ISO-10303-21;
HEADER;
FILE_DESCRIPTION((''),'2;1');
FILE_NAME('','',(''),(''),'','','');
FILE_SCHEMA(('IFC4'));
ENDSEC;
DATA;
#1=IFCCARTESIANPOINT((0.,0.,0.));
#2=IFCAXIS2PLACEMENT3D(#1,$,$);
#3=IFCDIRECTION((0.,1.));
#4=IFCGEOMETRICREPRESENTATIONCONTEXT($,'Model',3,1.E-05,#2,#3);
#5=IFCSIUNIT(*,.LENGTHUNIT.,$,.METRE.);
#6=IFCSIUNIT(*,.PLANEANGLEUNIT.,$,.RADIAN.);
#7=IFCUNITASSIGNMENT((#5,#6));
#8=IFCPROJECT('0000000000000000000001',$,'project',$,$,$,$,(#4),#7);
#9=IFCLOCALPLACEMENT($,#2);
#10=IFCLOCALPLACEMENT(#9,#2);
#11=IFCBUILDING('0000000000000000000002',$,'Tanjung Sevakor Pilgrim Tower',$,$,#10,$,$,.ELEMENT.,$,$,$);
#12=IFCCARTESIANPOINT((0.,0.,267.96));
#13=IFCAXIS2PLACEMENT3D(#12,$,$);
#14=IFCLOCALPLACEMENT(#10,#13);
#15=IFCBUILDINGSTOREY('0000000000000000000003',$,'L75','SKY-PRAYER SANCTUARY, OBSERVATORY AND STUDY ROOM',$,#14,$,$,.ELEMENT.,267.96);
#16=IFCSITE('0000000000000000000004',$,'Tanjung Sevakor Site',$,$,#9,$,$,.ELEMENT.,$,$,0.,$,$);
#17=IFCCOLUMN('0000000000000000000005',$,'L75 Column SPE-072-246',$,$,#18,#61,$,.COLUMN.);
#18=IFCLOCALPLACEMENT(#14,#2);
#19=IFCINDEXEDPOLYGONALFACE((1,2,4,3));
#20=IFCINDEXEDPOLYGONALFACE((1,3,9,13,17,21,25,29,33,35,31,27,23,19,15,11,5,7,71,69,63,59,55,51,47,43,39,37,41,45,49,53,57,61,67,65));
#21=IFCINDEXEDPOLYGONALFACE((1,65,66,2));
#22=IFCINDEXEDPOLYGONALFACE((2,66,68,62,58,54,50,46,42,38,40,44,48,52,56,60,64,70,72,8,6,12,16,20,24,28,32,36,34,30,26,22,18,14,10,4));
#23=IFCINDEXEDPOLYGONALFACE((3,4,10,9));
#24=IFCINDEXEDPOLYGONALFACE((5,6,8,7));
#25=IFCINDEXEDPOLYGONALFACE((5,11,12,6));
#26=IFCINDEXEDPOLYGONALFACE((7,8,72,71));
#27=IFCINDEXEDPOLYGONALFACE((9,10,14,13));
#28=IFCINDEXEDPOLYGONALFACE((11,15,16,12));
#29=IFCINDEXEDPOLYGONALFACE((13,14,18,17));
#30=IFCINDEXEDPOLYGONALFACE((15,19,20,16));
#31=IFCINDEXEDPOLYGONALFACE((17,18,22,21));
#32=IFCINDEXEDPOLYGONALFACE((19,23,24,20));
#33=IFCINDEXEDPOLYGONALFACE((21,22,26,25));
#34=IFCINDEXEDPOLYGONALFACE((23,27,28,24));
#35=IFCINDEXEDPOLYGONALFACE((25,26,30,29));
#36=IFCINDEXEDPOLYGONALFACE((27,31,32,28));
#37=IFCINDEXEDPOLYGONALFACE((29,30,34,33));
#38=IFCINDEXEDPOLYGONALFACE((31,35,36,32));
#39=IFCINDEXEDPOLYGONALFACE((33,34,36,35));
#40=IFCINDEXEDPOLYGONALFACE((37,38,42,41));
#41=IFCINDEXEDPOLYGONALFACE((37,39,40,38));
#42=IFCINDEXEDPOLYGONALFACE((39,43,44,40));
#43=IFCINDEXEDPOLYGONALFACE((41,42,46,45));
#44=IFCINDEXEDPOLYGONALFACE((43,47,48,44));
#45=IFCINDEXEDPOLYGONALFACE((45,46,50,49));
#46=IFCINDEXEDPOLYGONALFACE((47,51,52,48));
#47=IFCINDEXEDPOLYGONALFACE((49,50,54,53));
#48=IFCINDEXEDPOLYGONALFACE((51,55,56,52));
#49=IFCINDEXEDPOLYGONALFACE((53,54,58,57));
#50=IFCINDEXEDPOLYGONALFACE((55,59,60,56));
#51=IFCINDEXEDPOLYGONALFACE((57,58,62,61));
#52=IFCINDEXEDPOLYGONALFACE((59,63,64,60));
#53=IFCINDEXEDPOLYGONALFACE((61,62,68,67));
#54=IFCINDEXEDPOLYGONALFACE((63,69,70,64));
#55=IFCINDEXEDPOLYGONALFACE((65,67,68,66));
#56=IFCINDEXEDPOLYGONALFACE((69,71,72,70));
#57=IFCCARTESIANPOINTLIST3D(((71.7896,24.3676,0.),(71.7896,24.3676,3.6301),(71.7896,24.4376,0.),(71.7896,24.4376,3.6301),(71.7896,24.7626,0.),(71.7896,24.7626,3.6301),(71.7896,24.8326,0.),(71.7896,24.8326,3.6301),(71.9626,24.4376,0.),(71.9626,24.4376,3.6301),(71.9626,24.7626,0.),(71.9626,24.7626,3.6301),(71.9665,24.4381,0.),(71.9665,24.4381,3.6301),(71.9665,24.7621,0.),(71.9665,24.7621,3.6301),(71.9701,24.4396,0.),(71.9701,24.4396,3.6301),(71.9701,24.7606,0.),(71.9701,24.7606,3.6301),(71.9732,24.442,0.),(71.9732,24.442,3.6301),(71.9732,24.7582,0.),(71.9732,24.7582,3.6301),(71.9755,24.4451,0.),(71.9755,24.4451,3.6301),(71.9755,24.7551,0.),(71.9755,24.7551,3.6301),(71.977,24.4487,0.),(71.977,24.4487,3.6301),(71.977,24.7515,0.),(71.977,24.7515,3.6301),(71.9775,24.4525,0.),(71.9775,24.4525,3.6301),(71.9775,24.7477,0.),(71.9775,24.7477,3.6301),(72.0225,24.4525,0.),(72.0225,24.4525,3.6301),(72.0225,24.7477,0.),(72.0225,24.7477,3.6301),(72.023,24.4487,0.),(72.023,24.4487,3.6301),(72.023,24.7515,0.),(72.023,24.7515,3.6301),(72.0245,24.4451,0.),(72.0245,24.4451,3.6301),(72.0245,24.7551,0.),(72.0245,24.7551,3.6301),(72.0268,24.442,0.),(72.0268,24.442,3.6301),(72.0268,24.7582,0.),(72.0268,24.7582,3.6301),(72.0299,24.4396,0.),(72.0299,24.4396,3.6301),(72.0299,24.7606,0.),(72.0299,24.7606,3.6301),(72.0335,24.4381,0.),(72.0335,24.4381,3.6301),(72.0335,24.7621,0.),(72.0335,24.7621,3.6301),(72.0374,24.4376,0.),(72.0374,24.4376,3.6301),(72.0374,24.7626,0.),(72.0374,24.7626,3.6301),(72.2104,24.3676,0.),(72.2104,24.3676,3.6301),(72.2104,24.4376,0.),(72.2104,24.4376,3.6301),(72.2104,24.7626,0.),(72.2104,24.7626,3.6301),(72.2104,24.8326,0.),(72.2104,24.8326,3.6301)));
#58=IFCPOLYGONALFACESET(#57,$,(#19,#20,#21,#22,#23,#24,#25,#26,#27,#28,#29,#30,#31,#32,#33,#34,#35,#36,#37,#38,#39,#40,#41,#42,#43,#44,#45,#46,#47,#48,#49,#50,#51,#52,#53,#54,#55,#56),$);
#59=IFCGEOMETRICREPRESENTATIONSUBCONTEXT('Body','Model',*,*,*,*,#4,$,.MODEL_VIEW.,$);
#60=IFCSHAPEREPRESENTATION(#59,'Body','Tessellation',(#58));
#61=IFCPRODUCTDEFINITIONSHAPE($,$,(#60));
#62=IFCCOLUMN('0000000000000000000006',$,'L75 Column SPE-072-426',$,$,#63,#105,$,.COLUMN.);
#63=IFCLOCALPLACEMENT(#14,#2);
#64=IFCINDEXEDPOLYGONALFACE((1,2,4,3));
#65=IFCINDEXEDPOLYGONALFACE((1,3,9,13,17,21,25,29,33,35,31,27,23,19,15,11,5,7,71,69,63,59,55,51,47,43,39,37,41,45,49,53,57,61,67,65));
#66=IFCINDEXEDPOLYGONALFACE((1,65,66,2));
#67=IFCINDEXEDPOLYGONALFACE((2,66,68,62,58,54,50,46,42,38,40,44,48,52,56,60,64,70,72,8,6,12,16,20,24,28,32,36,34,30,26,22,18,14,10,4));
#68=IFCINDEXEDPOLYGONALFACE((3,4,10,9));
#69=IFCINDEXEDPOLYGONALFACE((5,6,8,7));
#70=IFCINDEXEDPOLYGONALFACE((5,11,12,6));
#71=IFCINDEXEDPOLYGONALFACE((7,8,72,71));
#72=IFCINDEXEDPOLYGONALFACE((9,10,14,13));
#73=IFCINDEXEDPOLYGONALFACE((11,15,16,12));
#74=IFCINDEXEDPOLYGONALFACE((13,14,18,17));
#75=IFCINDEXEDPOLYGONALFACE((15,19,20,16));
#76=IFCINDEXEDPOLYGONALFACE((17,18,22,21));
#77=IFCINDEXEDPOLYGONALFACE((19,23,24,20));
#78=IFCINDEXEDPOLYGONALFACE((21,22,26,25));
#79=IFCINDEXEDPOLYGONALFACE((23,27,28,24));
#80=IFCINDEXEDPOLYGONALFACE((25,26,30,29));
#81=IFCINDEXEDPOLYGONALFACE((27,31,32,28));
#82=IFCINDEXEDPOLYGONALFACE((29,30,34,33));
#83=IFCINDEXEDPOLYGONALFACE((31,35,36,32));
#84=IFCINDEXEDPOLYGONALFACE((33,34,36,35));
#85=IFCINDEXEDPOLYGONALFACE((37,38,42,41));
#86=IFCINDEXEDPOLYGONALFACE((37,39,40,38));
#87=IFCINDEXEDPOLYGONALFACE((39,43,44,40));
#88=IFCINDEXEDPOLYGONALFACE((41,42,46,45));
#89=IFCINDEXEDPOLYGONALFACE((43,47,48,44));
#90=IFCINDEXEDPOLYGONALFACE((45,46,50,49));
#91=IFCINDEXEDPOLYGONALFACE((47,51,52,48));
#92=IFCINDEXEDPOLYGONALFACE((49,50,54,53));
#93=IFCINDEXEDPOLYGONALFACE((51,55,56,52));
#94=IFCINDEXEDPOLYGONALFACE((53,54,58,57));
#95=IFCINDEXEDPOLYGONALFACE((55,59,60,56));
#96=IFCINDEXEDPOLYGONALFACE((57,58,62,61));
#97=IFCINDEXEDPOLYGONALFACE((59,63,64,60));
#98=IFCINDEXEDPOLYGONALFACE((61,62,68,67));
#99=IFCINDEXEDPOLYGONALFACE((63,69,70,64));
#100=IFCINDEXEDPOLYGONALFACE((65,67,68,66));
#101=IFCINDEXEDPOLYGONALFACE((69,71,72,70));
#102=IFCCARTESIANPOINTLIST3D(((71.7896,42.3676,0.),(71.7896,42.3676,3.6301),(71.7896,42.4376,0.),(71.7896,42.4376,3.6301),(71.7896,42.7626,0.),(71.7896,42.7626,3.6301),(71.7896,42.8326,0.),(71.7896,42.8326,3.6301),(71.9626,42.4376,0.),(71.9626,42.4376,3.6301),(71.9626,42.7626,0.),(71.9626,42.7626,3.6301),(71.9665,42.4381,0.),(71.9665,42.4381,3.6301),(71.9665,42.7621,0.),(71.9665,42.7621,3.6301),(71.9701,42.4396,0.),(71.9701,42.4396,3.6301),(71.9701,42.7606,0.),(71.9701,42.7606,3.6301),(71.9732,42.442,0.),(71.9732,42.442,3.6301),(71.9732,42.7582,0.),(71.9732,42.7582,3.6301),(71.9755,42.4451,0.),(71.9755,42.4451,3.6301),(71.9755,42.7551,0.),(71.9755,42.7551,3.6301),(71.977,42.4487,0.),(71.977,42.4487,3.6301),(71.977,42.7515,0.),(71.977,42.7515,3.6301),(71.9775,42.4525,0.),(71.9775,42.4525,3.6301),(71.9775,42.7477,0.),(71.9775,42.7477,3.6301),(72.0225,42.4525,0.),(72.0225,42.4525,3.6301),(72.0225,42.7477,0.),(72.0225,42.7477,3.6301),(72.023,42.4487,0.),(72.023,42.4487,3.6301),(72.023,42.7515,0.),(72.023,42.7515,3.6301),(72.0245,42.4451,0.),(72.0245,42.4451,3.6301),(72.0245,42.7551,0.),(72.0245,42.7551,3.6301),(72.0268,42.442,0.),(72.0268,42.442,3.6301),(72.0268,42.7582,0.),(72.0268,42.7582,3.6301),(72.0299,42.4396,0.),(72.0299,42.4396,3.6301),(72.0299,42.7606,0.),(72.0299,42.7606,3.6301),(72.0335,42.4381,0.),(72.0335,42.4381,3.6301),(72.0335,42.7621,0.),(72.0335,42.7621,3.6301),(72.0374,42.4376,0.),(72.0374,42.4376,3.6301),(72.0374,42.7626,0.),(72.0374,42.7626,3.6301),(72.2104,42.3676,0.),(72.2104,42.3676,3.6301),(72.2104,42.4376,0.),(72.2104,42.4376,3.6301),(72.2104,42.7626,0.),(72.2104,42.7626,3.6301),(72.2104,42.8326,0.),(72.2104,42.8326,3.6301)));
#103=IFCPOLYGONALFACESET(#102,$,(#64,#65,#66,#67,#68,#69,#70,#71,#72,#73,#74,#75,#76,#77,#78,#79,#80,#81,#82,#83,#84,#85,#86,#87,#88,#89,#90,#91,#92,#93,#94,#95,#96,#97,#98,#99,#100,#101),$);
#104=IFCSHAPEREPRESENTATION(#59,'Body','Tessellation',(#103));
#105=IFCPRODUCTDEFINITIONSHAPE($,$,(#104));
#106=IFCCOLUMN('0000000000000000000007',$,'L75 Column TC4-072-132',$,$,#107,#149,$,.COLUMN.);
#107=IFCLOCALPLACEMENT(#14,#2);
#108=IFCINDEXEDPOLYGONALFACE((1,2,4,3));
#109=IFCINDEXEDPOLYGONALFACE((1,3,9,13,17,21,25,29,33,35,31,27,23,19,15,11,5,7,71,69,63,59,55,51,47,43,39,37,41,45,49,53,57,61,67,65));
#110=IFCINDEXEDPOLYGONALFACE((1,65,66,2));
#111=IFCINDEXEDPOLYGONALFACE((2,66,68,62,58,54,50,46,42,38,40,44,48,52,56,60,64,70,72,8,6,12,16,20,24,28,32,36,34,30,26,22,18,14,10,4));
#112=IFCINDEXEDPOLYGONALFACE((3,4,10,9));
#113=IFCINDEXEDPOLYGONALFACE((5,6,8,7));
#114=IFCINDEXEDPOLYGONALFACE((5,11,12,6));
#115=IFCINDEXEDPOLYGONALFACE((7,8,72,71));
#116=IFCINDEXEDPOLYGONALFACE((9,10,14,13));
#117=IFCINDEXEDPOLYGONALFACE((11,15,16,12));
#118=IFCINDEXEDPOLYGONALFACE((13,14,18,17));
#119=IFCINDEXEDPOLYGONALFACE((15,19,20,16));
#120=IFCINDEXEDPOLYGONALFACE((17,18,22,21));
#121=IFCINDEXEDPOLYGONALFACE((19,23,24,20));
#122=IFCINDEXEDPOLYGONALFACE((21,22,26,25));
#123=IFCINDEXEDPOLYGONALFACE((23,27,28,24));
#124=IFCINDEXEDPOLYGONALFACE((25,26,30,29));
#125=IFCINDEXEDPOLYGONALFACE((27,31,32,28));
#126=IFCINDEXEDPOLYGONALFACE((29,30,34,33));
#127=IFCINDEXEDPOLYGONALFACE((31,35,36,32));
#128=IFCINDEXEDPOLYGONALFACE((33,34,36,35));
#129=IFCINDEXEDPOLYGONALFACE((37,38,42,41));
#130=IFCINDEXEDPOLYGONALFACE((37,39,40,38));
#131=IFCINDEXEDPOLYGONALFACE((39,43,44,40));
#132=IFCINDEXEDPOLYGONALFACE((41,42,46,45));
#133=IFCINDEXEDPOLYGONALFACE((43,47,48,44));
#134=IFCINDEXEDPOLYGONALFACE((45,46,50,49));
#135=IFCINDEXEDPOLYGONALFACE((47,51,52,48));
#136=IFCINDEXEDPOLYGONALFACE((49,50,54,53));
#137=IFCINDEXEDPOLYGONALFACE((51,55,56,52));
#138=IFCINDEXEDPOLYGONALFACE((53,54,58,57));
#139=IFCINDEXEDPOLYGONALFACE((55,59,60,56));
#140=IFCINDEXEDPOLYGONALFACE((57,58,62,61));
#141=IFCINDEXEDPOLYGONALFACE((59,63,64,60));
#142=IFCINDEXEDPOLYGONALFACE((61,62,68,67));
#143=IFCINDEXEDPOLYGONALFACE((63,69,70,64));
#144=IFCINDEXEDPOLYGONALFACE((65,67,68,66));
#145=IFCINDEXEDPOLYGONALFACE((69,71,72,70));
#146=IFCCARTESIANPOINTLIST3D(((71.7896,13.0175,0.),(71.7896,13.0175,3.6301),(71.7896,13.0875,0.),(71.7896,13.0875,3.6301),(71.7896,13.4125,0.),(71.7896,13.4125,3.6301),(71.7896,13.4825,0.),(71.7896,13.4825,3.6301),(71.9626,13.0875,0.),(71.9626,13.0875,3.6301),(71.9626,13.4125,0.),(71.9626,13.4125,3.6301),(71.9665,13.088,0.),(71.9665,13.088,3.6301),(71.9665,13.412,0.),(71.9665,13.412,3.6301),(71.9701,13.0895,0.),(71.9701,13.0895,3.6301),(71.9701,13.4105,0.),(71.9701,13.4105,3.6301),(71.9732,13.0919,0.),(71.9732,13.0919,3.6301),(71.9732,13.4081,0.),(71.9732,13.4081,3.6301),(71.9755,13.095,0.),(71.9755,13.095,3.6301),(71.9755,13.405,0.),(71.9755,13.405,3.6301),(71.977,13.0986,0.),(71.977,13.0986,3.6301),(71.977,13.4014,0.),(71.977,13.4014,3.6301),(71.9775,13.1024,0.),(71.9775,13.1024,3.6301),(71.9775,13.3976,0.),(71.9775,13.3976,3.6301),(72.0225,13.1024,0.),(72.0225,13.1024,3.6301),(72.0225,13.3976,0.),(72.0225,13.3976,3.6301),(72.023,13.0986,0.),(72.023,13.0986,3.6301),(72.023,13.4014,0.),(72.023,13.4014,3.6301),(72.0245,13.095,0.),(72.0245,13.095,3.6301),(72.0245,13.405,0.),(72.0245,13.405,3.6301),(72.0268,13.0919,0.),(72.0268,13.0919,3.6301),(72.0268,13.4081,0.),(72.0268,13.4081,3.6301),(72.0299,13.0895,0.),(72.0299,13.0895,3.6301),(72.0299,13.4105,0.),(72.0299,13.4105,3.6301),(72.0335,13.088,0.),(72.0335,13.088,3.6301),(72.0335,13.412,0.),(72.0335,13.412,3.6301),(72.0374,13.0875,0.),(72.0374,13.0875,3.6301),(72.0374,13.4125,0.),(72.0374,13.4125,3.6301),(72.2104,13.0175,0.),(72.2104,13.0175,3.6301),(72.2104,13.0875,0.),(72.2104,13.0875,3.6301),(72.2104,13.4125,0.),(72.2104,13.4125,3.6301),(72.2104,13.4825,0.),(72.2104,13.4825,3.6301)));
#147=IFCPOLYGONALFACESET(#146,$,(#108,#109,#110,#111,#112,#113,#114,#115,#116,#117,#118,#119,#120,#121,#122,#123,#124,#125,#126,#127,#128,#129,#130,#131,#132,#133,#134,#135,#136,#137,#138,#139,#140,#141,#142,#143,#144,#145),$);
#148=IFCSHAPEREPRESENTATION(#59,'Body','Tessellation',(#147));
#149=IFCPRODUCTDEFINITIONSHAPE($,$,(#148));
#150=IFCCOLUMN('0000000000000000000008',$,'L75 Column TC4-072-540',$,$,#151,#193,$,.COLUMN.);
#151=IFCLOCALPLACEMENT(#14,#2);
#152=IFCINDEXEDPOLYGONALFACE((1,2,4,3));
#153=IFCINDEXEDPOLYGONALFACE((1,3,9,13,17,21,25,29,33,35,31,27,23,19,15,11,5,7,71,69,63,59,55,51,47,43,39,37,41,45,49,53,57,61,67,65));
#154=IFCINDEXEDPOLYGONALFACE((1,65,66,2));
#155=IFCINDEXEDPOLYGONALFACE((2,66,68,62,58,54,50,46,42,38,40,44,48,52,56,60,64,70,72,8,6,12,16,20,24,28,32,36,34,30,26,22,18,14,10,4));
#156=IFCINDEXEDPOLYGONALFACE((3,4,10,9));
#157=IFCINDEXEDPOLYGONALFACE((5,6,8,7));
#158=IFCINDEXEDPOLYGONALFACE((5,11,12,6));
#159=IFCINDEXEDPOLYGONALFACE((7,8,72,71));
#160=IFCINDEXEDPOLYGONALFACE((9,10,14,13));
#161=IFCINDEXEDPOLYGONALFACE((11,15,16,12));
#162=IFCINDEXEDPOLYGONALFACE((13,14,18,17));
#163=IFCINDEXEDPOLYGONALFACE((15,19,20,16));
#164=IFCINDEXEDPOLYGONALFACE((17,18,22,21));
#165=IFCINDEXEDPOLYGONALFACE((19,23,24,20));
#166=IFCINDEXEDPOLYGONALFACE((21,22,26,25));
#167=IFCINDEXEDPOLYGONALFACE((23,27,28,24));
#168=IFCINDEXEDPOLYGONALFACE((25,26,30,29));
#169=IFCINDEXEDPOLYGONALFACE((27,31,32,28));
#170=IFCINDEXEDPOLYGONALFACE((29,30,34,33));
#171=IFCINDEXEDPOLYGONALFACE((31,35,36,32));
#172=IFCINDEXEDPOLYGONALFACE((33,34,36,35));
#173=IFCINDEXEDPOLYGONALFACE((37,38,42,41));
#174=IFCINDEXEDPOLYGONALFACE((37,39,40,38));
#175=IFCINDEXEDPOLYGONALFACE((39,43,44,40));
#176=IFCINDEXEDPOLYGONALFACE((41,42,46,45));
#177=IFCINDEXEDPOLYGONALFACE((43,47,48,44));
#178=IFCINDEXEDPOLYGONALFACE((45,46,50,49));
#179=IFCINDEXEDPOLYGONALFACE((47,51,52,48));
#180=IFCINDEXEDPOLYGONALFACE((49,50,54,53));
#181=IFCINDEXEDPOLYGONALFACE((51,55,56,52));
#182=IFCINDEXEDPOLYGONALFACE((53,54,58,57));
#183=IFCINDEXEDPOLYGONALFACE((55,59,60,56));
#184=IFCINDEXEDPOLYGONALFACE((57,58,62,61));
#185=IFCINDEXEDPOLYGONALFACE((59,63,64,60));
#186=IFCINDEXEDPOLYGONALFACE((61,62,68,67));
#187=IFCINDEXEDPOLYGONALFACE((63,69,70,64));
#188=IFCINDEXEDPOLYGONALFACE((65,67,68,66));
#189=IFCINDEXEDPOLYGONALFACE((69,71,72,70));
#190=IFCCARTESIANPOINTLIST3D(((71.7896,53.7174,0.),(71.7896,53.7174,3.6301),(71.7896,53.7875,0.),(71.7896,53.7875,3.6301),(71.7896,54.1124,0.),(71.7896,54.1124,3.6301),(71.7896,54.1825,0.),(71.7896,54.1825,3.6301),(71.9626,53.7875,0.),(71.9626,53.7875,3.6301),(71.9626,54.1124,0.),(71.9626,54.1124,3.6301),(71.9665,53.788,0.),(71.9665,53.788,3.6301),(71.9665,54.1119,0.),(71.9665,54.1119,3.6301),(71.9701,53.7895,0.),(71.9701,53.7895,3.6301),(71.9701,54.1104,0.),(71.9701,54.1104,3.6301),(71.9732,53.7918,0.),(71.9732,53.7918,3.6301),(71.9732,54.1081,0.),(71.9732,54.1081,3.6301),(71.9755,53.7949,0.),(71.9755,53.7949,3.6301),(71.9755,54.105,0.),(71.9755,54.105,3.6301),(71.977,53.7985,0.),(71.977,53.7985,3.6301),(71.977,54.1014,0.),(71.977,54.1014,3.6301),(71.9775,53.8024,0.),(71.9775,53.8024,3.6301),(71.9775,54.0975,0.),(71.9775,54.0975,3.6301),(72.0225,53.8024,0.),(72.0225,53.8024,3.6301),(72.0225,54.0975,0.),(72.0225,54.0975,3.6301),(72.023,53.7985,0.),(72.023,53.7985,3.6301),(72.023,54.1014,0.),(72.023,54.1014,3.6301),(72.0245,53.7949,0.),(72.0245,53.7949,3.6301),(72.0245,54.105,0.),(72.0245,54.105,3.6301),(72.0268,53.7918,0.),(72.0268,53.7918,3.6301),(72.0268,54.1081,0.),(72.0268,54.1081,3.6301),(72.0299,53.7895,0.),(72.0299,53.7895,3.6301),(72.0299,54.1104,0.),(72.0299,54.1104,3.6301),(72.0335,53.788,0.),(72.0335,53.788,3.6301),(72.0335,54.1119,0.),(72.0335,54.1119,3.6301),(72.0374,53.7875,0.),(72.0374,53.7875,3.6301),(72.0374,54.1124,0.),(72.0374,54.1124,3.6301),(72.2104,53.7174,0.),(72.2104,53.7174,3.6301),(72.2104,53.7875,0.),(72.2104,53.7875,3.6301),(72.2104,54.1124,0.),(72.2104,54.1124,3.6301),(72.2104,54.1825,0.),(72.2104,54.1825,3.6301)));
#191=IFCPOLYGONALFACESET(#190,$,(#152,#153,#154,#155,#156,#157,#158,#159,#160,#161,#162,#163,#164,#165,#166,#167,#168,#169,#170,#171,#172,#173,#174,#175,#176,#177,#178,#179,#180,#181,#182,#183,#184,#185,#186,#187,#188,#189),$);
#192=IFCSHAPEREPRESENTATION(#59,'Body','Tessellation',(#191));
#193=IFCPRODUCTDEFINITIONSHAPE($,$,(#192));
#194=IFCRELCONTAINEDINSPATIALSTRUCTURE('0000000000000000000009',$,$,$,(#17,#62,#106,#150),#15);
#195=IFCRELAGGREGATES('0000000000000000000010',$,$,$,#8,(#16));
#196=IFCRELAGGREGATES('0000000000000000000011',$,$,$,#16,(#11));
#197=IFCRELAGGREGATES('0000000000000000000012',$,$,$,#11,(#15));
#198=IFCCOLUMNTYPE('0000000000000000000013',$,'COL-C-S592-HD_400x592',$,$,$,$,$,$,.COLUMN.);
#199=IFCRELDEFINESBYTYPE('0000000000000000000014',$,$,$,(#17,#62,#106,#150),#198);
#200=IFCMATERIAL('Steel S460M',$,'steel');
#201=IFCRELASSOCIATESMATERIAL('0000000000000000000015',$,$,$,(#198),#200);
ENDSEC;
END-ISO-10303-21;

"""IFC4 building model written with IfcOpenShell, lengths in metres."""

from ifc_helpers import new_model, si_unit, direction, frame, origin, origin_2d, place, context, subcontext, project, spatial, i_section, extrude, material, material_profile, profile_set, type_object, element, save


model = new_model("IFC4")

# Units and contexts
model_context = context("Model", 3, precision=1e-05, world=origin(), true_north=direction((0.0, 1.0)))
body_context = subcontext(model_context, "Body", "Model", "MODEL_VIEW")
ifc_project = project(units=[si_unit("LENGTHUNIT", "METRE"), si_unit("PLANEANGLEUNIT", "RADIAN")], contexts=[model_context])

# Site, building, storey
site_placement = place(None, origin())
site = spatial("IfcSite", under=ifc_project, at=site_placement, Name="Tanjung Sevakor Site", CompositionType="ELEMENT", RefElevation=0.0)
building_placement = place(site_placement, origin())
building = spatial("IfcBuilding", under=site, at=building_placement, Name="Tanjung Sevakor Pilgrim Tower", CompositionType="ELEMENT")
storey_placement = place(building_placement, frame((0.0, 0.0, 267.96)))
storey = spatial("IfcBuildingStorey", under=building, at=storey_placement, Name="L75", Description="SKY-PRAYER SANCTUARY, OBSERVATORY AND STUDY ROOM", CompositionType="ELEMENT", Elevation=267.96)

# Columns
ifc_material_1 = material(Name="Steel S460M", Category="steel")
ifc_material_profile_1 = material_profile(ifc_material_1, i_section(OverallWidth=0.4209, OverallDepth=0.4651, WebThickness=0.0449, FlangeThickness=0.0701, FilletRadius=0.0149, at=origin_2d()))
ifc_profile_set_1 = profile_set([ifc_material_profile_1], Name="Steel S460M")
column_type = type_object("IfcColumnType", Name="COL-C-S592-HD_400x592", PredefinedType="COLUMN", material=ifc_profile_set_1)
for number, where, z_axis, x_axis, name in (
    (1, (72.0, 24.6001, 0.0), (0.0, 0.0, 1.0), (1.0, 0.0, 0.0), "L75 Column SPE-072-246"),
    (2, (72.0, 42.6001, 0.0), (0.0, 0.0, 1.0), (1.0, 0.0, 0.0), "L75 Column SPE-072-426"),
    (3, (72.0, 13.25, 0.0), (0.0, 0.0, 1.0), (1.0, 0.0, 0.0), "L75 Column TC4-072-132"),
    (4, (72.0, 53.95, 0.0), (0.0, 0.0, 1.0), (1.0, 0.0, 0.0), "L75 Column TC4-072-540"),
):
    element("IfcColumn", number, at=place(storey_placement, frame(where, z_axis=z_axis, x_axis=x_axis)), inside=storey, type_object=column_type, Name=name, PredefinedType="COLUMN", context=body_context, shape_type="SweptSolid", body=[
        extrude(i_section(OverallWidth=0.4209, OverallDepth=0.4651, WebThickness=0.0449, FlangeThickness=0.0701, FilletRadius=0.0149, at=origin_2d()), origin(), (0.0, 0.0, 1.0), 3.6301),
    ])

save(model, "model.ifc")
